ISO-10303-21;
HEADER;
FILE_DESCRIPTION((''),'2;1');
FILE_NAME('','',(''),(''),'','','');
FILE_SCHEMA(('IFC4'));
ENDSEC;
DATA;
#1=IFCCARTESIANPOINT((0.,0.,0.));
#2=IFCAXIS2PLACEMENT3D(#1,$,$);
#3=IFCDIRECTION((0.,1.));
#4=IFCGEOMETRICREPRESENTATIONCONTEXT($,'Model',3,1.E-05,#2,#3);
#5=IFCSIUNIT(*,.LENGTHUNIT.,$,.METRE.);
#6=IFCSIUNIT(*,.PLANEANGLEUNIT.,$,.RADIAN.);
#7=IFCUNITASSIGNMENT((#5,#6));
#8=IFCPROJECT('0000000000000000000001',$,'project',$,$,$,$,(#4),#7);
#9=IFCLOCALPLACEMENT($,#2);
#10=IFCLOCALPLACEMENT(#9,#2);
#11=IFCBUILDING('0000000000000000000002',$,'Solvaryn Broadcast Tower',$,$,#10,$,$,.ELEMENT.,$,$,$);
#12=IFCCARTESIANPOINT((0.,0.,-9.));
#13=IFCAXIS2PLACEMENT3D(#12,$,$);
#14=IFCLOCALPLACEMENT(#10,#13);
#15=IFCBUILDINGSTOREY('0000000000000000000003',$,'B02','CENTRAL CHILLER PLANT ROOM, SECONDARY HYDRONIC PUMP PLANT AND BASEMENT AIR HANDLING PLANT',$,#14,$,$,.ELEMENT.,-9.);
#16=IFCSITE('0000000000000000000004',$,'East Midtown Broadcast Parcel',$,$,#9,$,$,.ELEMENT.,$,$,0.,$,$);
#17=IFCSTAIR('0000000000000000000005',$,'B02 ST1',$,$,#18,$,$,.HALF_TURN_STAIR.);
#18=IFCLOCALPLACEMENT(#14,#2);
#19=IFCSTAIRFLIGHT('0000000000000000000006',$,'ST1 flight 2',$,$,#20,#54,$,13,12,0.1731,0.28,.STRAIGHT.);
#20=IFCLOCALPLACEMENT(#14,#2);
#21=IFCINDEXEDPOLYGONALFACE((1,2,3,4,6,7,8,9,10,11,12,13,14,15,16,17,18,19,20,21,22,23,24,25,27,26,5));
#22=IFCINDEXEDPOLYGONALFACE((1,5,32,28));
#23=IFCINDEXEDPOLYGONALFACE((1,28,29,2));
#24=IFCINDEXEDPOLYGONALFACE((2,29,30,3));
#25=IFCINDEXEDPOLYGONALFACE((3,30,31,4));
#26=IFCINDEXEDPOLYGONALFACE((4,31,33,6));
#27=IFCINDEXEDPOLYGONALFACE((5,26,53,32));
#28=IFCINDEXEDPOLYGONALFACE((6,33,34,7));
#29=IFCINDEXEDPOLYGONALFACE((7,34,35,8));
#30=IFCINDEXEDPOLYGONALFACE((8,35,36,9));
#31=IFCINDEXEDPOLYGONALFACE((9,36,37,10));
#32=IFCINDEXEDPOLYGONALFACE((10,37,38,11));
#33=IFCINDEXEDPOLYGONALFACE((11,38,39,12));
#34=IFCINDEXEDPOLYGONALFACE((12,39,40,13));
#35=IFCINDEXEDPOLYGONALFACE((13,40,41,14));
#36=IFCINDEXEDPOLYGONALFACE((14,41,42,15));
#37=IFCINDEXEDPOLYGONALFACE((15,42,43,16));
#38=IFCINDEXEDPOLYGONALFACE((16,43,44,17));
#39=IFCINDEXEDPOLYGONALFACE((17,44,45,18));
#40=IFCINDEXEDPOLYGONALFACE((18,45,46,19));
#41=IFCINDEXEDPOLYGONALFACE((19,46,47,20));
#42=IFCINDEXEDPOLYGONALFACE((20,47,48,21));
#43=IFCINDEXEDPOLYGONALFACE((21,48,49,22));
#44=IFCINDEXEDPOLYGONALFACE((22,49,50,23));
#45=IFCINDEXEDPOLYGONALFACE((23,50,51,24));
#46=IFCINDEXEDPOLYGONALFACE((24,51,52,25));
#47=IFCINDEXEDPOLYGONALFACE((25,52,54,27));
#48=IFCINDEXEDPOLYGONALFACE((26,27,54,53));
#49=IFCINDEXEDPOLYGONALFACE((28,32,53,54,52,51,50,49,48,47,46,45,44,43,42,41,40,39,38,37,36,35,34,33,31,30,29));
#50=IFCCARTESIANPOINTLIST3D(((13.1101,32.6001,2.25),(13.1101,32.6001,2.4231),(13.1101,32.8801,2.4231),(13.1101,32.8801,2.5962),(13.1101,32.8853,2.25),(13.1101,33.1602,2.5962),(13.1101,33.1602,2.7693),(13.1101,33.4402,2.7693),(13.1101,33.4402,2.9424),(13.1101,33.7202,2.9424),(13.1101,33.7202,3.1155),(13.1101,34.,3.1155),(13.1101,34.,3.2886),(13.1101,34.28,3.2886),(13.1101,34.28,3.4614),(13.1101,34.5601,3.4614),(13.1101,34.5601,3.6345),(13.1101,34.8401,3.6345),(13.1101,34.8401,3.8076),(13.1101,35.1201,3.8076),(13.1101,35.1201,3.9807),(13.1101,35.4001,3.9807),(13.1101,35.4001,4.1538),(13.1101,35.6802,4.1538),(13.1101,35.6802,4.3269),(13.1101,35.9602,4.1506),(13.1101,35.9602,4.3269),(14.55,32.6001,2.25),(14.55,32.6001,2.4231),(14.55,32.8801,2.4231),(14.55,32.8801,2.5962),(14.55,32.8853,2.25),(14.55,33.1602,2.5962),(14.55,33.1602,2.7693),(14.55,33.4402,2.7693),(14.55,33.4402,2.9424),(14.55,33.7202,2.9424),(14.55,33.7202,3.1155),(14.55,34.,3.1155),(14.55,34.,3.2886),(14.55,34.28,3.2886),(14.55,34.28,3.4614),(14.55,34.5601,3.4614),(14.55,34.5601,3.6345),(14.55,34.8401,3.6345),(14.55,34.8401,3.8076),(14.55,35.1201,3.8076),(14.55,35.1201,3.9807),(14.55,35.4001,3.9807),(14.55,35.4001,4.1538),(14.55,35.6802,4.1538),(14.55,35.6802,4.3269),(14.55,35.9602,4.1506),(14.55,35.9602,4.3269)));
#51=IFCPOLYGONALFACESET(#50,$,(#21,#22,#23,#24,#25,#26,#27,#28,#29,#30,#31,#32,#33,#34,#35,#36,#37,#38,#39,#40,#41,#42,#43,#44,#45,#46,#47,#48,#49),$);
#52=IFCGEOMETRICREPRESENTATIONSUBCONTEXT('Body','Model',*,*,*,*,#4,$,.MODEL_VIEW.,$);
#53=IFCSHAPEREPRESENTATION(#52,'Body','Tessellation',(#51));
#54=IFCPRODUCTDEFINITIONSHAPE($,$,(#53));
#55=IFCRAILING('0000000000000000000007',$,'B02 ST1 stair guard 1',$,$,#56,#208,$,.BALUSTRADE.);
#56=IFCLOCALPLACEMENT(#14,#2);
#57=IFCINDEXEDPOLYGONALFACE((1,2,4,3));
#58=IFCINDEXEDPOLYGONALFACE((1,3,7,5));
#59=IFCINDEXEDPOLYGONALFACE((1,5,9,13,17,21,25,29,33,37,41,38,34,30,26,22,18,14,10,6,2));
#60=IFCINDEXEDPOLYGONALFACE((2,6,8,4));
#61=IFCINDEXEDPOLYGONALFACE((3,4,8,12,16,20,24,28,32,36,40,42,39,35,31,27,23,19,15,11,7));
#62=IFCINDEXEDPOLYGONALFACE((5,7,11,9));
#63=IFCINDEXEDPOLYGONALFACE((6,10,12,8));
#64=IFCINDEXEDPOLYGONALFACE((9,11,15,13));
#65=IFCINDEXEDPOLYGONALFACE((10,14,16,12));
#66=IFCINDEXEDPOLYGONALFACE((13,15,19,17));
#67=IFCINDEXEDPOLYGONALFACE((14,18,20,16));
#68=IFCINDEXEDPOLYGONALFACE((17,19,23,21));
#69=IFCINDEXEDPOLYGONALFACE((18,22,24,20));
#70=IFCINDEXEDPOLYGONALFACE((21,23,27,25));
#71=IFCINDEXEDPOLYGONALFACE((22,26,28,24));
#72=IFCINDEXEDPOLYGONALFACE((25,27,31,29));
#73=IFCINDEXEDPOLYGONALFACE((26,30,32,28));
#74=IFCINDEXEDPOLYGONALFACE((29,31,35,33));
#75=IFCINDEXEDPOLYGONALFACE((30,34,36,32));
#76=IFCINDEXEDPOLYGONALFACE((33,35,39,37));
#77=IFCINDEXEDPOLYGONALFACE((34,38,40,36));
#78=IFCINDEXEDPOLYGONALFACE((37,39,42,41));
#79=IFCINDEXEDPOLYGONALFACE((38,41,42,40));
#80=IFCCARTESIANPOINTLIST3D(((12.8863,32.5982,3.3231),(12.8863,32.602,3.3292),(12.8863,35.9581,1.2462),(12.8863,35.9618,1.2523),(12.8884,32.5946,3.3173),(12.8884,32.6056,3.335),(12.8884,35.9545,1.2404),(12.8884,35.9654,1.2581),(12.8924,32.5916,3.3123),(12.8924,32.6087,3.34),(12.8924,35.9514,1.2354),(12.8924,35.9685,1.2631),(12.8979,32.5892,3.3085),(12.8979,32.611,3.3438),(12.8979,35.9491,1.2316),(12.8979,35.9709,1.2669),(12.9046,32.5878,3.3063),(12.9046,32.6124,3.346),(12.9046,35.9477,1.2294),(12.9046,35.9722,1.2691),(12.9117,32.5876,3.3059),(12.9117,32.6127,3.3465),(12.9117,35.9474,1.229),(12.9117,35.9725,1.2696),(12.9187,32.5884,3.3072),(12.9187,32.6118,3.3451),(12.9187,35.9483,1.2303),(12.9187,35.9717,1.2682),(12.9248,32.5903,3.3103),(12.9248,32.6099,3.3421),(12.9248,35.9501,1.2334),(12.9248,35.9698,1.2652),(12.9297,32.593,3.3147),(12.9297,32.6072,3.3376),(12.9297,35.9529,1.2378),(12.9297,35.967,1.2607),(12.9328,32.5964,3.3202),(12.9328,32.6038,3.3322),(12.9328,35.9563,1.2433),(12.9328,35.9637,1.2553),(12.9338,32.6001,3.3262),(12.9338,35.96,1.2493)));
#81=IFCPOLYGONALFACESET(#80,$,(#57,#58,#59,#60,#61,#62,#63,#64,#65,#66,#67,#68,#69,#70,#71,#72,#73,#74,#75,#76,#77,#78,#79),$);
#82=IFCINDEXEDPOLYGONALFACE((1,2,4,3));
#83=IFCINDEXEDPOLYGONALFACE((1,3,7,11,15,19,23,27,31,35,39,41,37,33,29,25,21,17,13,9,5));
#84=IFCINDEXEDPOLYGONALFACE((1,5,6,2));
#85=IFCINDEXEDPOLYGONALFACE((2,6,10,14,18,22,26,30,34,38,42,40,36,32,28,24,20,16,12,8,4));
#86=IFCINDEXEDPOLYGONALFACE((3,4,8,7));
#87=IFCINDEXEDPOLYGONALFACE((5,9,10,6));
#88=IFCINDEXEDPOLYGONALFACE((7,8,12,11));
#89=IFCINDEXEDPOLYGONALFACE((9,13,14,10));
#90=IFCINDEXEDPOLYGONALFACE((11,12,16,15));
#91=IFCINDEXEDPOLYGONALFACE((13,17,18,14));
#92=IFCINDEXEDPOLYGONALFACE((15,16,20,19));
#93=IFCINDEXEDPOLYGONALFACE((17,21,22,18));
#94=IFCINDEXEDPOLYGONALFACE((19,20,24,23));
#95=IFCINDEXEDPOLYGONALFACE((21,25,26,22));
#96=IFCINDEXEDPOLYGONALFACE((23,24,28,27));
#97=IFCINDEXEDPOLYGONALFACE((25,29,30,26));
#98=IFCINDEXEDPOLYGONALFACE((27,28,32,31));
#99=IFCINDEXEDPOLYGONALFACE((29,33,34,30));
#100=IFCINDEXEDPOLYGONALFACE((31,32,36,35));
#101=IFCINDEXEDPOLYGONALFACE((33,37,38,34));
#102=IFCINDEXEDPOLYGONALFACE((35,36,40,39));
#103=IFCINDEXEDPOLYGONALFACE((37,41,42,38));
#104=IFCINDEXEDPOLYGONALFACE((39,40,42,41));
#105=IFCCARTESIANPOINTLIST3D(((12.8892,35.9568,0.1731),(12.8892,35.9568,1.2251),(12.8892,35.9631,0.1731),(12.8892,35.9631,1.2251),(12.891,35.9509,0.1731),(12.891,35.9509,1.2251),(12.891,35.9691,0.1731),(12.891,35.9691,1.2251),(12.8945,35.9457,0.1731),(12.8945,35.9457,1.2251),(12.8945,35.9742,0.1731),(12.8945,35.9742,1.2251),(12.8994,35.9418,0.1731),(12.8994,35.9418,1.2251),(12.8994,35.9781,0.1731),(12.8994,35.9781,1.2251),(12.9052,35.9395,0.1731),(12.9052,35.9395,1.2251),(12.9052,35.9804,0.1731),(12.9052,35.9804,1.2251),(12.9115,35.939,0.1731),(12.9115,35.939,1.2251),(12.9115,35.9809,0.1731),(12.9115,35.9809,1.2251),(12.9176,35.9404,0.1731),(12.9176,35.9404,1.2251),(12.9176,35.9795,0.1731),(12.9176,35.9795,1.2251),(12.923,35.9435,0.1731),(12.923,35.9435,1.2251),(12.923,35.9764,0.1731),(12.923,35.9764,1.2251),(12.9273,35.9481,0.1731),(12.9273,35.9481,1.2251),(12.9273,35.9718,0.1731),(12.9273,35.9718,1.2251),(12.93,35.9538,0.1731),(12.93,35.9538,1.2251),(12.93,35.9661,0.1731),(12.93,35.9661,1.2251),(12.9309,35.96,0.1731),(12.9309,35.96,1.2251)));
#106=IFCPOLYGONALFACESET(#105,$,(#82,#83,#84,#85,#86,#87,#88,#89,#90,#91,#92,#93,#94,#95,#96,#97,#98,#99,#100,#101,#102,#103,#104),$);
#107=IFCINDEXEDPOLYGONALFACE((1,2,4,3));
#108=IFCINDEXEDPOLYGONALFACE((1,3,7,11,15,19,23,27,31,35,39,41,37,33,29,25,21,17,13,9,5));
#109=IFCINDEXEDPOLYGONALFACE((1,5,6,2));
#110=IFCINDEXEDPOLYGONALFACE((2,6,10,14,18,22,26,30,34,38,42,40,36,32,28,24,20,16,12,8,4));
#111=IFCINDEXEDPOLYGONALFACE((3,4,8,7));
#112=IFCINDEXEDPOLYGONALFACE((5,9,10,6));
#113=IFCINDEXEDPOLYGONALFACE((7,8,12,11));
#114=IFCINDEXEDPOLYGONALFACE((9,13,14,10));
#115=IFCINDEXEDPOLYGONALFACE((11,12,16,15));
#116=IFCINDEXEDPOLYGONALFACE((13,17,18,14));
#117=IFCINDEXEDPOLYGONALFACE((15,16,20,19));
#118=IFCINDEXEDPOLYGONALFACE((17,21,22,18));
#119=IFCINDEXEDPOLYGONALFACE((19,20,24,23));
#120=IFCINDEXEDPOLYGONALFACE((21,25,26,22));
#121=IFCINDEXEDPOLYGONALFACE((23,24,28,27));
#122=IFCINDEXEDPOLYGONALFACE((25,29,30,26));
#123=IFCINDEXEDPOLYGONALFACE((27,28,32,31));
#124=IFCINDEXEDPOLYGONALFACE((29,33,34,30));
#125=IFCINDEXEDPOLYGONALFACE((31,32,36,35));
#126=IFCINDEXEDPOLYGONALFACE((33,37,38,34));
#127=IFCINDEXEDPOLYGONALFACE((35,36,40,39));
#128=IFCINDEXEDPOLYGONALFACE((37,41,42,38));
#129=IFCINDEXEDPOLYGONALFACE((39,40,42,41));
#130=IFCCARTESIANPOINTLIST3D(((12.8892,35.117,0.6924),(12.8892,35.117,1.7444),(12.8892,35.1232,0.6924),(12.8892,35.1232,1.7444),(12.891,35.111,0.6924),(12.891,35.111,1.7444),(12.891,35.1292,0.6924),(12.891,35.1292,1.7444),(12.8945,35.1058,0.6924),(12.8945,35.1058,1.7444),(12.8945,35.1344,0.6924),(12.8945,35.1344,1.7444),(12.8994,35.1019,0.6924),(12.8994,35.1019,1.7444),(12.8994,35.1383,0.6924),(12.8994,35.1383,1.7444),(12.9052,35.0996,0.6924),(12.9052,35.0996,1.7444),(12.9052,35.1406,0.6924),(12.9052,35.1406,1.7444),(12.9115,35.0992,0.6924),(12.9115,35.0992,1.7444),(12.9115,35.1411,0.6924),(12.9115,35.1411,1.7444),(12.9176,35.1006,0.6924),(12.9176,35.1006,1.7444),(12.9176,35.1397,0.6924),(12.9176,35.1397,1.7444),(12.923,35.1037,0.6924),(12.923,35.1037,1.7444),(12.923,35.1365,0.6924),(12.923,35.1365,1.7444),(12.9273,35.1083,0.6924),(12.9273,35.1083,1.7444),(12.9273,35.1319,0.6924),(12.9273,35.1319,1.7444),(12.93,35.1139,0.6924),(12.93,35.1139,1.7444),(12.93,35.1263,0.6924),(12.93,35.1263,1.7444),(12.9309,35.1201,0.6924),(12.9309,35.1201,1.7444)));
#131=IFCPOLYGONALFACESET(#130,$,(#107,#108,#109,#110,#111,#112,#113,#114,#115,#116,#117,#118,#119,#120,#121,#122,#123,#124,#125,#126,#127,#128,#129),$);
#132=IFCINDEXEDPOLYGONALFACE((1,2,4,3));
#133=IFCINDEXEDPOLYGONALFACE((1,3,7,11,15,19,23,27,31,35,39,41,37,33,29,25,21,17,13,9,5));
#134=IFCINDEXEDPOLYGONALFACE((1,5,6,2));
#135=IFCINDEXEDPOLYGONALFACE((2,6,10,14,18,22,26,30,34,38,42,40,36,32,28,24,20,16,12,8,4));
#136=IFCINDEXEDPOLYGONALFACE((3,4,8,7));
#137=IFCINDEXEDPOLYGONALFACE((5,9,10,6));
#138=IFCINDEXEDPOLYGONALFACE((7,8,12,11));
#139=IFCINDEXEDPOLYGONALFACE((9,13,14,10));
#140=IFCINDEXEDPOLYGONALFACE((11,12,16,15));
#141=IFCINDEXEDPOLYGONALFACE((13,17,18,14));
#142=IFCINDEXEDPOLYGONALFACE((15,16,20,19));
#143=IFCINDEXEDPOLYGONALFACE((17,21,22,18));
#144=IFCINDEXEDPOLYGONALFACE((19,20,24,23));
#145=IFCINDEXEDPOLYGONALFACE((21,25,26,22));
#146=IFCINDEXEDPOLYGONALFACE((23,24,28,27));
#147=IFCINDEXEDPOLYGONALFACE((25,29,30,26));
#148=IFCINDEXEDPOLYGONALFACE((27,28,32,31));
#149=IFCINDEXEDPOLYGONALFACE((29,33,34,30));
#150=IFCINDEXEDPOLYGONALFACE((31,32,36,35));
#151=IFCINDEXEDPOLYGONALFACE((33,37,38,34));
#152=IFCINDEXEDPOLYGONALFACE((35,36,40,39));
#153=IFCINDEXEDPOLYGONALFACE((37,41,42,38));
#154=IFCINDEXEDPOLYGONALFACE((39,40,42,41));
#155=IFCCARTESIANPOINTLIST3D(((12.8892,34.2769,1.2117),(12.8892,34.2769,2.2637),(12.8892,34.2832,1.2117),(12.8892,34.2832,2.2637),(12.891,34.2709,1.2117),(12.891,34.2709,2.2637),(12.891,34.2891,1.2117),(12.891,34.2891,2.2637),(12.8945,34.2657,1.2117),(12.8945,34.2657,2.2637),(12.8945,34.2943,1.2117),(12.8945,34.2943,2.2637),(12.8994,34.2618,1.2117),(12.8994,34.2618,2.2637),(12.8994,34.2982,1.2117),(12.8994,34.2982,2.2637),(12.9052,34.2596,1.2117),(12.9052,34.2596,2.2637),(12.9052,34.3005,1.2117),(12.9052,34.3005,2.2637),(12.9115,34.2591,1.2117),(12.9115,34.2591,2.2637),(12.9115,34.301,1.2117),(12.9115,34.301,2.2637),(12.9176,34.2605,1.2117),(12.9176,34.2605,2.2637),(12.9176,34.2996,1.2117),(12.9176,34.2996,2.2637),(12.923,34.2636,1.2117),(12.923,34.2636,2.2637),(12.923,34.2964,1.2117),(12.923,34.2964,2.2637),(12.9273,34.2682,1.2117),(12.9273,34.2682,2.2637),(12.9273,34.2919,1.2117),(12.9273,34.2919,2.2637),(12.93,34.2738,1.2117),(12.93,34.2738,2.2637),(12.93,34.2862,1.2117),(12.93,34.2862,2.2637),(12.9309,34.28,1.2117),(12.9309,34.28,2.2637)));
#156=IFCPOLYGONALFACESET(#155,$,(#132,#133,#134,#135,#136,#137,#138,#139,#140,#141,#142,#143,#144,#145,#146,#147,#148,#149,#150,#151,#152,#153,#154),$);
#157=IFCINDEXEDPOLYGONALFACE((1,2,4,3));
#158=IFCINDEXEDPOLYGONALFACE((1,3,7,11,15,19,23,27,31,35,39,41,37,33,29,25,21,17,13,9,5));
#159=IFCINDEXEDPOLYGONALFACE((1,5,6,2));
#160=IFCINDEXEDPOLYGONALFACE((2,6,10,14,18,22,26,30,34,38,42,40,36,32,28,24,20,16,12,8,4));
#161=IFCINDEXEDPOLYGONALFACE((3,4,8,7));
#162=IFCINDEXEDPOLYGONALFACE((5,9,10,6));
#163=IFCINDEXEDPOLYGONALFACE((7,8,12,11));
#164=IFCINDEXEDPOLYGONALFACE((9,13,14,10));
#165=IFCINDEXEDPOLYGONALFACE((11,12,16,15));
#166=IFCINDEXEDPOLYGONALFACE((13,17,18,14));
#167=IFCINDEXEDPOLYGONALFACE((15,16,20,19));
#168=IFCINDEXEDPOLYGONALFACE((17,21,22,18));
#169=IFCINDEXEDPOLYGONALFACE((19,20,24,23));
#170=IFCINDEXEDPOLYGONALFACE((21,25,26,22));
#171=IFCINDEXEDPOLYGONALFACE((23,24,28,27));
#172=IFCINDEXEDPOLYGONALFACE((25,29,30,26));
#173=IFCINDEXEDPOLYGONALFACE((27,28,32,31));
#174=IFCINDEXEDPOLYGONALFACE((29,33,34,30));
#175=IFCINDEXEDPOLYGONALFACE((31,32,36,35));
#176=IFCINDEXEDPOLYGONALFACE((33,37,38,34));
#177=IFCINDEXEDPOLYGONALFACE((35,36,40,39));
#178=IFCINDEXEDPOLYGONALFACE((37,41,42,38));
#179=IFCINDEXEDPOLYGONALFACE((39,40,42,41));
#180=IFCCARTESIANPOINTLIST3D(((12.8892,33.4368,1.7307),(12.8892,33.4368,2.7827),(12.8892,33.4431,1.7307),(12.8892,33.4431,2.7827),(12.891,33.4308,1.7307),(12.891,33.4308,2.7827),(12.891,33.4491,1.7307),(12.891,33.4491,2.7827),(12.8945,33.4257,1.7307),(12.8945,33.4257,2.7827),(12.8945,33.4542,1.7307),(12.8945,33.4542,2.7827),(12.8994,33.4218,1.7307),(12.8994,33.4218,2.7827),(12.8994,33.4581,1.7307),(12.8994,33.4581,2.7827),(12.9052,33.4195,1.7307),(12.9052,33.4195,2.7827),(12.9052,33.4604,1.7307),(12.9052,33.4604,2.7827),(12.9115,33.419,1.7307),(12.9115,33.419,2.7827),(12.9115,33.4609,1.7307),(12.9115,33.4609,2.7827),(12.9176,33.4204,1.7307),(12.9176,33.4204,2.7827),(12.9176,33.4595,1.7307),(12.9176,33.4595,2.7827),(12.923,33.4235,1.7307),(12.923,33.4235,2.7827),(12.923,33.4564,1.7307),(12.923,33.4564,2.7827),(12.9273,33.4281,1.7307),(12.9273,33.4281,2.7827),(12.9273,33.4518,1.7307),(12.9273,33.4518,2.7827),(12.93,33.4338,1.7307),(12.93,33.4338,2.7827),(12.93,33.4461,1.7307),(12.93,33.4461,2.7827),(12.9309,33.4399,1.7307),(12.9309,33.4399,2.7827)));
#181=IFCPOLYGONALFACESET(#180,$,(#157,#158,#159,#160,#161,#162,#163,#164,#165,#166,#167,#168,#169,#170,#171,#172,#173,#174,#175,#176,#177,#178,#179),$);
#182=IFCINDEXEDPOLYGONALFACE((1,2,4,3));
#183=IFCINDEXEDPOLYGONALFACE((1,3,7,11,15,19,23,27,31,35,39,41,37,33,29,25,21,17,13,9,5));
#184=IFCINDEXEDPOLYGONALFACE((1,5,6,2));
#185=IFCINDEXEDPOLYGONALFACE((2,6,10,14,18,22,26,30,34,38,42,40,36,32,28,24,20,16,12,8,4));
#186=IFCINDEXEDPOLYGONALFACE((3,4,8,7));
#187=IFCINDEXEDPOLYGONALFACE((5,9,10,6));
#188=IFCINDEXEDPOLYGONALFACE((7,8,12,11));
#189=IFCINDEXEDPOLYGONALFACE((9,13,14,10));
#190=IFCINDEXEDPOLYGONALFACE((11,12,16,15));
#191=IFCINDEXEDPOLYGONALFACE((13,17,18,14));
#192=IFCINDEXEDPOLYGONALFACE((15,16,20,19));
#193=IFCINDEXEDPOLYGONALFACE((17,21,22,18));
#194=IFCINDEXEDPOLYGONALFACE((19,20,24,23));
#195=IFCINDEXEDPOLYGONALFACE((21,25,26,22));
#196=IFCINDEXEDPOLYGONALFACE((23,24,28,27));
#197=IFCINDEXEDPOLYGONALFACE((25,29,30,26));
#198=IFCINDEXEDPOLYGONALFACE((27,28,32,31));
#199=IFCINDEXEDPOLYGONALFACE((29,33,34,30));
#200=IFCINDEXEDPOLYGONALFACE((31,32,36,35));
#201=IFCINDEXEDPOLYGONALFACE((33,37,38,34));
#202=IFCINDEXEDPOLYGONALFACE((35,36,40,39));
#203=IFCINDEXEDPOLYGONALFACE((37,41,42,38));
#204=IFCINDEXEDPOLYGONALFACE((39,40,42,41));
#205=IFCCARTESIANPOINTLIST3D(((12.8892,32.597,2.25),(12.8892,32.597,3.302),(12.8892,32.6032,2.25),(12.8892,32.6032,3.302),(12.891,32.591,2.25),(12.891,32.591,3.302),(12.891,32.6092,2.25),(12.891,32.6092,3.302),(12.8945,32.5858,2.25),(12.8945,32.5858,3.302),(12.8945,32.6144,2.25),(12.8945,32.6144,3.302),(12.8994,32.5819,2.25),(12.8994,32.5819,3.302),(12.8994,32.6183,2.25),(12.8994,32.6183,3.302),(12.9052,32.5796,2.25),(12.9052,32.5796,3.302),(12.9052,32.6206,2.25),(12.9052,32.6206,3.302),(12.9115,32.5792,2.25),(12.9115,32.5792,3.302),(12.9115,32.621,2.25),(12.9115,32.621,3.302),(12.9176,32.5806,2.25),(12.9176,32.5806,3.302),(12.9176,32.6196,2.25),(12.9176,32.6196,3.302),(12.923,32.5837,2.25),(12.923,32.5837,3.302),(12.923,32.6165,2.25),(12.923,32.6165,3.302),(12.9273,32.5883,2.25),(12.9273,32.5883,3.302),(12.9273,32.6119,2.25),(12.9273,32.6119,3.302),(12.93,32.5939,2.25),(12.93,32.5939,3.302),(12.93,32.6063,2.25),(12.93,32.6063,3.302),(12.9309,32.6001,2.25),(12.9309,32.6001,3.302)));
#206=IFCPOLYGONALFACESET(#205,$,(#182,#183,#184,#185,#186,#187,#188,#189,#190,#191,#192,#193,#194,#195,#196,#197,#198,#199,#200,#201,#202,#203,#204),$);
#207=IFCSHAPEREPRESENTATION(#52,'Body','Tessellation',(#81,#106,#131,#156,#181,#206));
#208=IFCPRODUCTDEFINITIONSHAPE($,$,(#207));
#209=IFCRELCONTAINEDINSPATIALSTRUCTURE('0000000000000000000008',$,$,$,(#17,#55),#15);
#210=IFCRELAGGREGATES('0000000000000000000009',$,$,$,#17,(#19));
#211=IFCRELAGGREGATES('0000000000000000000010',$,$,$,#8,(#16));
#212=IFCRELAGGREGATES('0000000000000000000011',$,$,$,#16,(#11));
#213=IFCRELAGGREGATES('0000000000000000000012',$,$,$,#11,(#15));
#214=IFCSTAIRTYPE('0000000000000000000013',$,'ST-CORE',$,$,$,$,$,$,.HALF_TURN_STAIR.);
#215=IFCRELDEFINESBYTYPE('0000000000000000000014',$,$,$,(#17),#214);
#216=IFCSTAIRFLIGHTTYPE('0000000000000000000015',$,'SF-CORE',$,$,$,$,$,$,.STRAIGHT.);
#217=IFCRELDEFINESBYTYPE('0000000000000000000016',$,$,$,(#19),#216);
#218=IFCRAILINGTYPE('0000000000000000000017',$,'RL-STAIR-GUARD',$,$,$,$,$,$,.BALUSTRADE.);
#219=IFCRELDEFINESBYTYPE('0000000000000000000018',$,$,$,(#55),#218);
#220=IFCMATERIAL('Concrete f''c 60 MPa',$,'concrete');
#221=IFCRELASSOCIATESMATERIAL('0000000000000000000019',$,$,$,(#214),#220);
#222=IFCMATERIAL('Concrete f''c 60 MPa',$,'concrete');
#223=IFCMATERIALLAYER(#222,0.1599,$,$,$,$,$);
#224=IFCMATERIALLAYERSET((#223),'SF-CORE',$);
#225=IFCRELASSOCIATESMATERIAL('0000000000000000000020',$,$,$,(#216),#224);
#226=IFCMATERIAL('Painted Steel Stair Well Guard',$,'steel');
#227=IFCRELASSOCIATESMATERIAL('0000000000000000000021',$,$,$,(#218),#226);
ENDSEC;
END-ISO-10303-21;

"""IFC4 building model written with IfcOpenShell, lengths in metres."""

from ifc_helpers import new_model, si_unit, direction, frame, origin, origin_2d, place, context, subcontext, project, spatial, polyline, circle, outline, extrude, material, layer, layer_set, type_object, element, aggregate, save


model = new_model("IFC4")

# Units and contexts
model_context = context("Model", 3, precision=1e-05, world=origin(), true_north=direction((0.0, 1.0)))
body_context = subcontext(model_context, "Body", "Model", "MODEL_VIEW")
ifc_project = project(units=[si_unit("LENGTHUNIT", "METRE"), si_unit("PLANEANGLEUNIT", "RADIAN")], contexts=[model_context])

# Site, building, storey
site_placement = place(None, origin())
site = spatial("IfcSite", under=ifc_project, at=site_placement, Name="East Midtown Broadcast Parcel", CompositionType="ELEMENT", RefElevation=0.0)
building_placement = place(site_placement, origin())
building = spatial("IfcBuilding", under=site, at=building_placement, Name="Solvaryn Broadcast Tower", CompositionType="ELEMENT")
storey_placement = place(building_placement, frame((0.0, 0.0, -9.0)))
storey = spatial("IfcBuildingStorey", under=building, at=storey_placement, Name="B02", Description="CENTRAL CHILLER PLANT ROOM, SECONDARY HYDRONIC PUMP PLANT AND BASEMENT AIR HANDLING PLANT", CompositionType="ELEMENT", Elevation=-9.0)

# Stair, stair flight
ifc_material_1 = material(Name="Concrete f'c 60 MPa", Category="concrete")
stair_type = type_object("IfcStairType", Name="ST-CORE", PredefinedType="HALF_TURN_STAIR", material=ifc_material_1)
stair_placement = place(storey_placement, origin())
stair = element("IfcStair", 1, at=stair_placement, inside=storey, type_object=stair_type, Name="B02 ST1", PredefinedType="HALF_TURN_STAIR")
ifc_material_2 = material(Name="Concrete f'c 60 MPa", Category="concrete")
ifc_layer_1 = layer(ifc_material_2, 0.1599)
ifc_layer_set_1 = layer_set([ifc_layer_1], Name="SF-CORE")
stair_flight_type = type_object("IfcStairFlightType", Name="SF-CORE", PredefinedType="STRAIGHT", material=ifc_layer_set_1)
stair_flight_1_placement = place(storey_placement, frame((13.8301, 32.6001, 2.25), z_axis=(0.0, 0.0, 1.0), x_axis=(0.0, 1.0, 0.0)))
stair_flight_1 = element("IfcStairFlight", 2, at=stair_flight_1_placement, type_object=stair_flight_type, Name="ST1 flight 2", NumberOfRisers=13, NumberOfTreads=12, PredefinedType="STRAIGHT", RiserHeight=0.1731, TreadLength=0.28, context=body_context, shape_type="SweptSolid", body=[
    extrude(outline(polyline([(0.0, 0.0), (0.0, 0.1731), (0.28, 0.1731), (0.28, 0.3462), (0.5601, 0.3462), (0.5601, 0.5193), (0.8401, 0.5193), (0.8401, 0.6924), (1.1201, 0.6924), (1.1201, 0.8655), (1.3999, 0.8655), (1.3999, 1.0386), (1.6799, 1.0386), (1.6799, 1.2114), (1.96, 1.2114), (1.96, 1.3845), (2.24, 1.3845), (2.24, 1.5576), (2.52, 1.5576), (2.52, 1.7307), (2.8, 1.7307), (2.8, 1.9038), (3.0801, 1.9038), (3.0801, 2.0769), (3.3601, 2.0769), (3.3601, 2.25), (3.3601, 1.9006), (0.2852, 0.0), (0.0, 0.0)])), frame((0.0, 0.72, 0.0), z_axis=(0.0, -1.0, 0.0), x_axis=(1.0, 0.0, 0.0)), (0.0, 0.0, 1.0), 1.4399),
])
aggregate(stair, [stair_flight_1])

# Railing
ifc_material_3 = material(Name="Painted Steel Stair Well Guard", Category="steel")
railing_type_1 = type_object("IfcRailingType", Name="RL-STAIR-GUARD", PredefinedType="BALUSTRADE", material=ifc_material_3)
railing_1_placement = place(storey_placement, frame((12.9099, 35.96, 0.1731)))
element("IfcRailing", 3, at=railing_1_placement, inside=storey, type_object=railing_type_1, Name="B02 ST1 stair guard 1", PredefinedType="BALUSTRADE", context=body_context, shape_type="SweptSolid", body=[
    extrude(circle(Radius=0.0239, at=origin_2d()), frame((0.0, 0.0, 1.0762), z_axis=(0.0, -0.850606, 0.525803), x_axis=(1.0, 0.0, 0.0)), (0.0, 0.0, 1.0), 3.95),
    extrude(circle(Radius=0.021, at=origin_2d()), origin(), (0.0, 0.0, 1.0), 1.052),
    extrude(circle(Radius=0.021, at=origin_2d()), frame((0.0, -0.8398, 0.5193)), (0.0, 0.0, 1.0), 1.052),
    extrude(circle(Radius=0.021, at=origin_2d()), frame((0.0, -1.6799, 1.0386)), (0.0, 0.0, 1.0), 1.052),
    extrude(circle(Radius=0.021, at=origin_2d()), frame((0.0, -2.52, 1.5576)), (0.0, 0.0, 1.0), 1.052),
    extrude(circle(Radius=0.021, at=origin_2d()), frame((0.0, -3.3599, 2.0769)), (0.0, 0.0, 1.0), 1.052),
])

save(model, "model.ifc")
